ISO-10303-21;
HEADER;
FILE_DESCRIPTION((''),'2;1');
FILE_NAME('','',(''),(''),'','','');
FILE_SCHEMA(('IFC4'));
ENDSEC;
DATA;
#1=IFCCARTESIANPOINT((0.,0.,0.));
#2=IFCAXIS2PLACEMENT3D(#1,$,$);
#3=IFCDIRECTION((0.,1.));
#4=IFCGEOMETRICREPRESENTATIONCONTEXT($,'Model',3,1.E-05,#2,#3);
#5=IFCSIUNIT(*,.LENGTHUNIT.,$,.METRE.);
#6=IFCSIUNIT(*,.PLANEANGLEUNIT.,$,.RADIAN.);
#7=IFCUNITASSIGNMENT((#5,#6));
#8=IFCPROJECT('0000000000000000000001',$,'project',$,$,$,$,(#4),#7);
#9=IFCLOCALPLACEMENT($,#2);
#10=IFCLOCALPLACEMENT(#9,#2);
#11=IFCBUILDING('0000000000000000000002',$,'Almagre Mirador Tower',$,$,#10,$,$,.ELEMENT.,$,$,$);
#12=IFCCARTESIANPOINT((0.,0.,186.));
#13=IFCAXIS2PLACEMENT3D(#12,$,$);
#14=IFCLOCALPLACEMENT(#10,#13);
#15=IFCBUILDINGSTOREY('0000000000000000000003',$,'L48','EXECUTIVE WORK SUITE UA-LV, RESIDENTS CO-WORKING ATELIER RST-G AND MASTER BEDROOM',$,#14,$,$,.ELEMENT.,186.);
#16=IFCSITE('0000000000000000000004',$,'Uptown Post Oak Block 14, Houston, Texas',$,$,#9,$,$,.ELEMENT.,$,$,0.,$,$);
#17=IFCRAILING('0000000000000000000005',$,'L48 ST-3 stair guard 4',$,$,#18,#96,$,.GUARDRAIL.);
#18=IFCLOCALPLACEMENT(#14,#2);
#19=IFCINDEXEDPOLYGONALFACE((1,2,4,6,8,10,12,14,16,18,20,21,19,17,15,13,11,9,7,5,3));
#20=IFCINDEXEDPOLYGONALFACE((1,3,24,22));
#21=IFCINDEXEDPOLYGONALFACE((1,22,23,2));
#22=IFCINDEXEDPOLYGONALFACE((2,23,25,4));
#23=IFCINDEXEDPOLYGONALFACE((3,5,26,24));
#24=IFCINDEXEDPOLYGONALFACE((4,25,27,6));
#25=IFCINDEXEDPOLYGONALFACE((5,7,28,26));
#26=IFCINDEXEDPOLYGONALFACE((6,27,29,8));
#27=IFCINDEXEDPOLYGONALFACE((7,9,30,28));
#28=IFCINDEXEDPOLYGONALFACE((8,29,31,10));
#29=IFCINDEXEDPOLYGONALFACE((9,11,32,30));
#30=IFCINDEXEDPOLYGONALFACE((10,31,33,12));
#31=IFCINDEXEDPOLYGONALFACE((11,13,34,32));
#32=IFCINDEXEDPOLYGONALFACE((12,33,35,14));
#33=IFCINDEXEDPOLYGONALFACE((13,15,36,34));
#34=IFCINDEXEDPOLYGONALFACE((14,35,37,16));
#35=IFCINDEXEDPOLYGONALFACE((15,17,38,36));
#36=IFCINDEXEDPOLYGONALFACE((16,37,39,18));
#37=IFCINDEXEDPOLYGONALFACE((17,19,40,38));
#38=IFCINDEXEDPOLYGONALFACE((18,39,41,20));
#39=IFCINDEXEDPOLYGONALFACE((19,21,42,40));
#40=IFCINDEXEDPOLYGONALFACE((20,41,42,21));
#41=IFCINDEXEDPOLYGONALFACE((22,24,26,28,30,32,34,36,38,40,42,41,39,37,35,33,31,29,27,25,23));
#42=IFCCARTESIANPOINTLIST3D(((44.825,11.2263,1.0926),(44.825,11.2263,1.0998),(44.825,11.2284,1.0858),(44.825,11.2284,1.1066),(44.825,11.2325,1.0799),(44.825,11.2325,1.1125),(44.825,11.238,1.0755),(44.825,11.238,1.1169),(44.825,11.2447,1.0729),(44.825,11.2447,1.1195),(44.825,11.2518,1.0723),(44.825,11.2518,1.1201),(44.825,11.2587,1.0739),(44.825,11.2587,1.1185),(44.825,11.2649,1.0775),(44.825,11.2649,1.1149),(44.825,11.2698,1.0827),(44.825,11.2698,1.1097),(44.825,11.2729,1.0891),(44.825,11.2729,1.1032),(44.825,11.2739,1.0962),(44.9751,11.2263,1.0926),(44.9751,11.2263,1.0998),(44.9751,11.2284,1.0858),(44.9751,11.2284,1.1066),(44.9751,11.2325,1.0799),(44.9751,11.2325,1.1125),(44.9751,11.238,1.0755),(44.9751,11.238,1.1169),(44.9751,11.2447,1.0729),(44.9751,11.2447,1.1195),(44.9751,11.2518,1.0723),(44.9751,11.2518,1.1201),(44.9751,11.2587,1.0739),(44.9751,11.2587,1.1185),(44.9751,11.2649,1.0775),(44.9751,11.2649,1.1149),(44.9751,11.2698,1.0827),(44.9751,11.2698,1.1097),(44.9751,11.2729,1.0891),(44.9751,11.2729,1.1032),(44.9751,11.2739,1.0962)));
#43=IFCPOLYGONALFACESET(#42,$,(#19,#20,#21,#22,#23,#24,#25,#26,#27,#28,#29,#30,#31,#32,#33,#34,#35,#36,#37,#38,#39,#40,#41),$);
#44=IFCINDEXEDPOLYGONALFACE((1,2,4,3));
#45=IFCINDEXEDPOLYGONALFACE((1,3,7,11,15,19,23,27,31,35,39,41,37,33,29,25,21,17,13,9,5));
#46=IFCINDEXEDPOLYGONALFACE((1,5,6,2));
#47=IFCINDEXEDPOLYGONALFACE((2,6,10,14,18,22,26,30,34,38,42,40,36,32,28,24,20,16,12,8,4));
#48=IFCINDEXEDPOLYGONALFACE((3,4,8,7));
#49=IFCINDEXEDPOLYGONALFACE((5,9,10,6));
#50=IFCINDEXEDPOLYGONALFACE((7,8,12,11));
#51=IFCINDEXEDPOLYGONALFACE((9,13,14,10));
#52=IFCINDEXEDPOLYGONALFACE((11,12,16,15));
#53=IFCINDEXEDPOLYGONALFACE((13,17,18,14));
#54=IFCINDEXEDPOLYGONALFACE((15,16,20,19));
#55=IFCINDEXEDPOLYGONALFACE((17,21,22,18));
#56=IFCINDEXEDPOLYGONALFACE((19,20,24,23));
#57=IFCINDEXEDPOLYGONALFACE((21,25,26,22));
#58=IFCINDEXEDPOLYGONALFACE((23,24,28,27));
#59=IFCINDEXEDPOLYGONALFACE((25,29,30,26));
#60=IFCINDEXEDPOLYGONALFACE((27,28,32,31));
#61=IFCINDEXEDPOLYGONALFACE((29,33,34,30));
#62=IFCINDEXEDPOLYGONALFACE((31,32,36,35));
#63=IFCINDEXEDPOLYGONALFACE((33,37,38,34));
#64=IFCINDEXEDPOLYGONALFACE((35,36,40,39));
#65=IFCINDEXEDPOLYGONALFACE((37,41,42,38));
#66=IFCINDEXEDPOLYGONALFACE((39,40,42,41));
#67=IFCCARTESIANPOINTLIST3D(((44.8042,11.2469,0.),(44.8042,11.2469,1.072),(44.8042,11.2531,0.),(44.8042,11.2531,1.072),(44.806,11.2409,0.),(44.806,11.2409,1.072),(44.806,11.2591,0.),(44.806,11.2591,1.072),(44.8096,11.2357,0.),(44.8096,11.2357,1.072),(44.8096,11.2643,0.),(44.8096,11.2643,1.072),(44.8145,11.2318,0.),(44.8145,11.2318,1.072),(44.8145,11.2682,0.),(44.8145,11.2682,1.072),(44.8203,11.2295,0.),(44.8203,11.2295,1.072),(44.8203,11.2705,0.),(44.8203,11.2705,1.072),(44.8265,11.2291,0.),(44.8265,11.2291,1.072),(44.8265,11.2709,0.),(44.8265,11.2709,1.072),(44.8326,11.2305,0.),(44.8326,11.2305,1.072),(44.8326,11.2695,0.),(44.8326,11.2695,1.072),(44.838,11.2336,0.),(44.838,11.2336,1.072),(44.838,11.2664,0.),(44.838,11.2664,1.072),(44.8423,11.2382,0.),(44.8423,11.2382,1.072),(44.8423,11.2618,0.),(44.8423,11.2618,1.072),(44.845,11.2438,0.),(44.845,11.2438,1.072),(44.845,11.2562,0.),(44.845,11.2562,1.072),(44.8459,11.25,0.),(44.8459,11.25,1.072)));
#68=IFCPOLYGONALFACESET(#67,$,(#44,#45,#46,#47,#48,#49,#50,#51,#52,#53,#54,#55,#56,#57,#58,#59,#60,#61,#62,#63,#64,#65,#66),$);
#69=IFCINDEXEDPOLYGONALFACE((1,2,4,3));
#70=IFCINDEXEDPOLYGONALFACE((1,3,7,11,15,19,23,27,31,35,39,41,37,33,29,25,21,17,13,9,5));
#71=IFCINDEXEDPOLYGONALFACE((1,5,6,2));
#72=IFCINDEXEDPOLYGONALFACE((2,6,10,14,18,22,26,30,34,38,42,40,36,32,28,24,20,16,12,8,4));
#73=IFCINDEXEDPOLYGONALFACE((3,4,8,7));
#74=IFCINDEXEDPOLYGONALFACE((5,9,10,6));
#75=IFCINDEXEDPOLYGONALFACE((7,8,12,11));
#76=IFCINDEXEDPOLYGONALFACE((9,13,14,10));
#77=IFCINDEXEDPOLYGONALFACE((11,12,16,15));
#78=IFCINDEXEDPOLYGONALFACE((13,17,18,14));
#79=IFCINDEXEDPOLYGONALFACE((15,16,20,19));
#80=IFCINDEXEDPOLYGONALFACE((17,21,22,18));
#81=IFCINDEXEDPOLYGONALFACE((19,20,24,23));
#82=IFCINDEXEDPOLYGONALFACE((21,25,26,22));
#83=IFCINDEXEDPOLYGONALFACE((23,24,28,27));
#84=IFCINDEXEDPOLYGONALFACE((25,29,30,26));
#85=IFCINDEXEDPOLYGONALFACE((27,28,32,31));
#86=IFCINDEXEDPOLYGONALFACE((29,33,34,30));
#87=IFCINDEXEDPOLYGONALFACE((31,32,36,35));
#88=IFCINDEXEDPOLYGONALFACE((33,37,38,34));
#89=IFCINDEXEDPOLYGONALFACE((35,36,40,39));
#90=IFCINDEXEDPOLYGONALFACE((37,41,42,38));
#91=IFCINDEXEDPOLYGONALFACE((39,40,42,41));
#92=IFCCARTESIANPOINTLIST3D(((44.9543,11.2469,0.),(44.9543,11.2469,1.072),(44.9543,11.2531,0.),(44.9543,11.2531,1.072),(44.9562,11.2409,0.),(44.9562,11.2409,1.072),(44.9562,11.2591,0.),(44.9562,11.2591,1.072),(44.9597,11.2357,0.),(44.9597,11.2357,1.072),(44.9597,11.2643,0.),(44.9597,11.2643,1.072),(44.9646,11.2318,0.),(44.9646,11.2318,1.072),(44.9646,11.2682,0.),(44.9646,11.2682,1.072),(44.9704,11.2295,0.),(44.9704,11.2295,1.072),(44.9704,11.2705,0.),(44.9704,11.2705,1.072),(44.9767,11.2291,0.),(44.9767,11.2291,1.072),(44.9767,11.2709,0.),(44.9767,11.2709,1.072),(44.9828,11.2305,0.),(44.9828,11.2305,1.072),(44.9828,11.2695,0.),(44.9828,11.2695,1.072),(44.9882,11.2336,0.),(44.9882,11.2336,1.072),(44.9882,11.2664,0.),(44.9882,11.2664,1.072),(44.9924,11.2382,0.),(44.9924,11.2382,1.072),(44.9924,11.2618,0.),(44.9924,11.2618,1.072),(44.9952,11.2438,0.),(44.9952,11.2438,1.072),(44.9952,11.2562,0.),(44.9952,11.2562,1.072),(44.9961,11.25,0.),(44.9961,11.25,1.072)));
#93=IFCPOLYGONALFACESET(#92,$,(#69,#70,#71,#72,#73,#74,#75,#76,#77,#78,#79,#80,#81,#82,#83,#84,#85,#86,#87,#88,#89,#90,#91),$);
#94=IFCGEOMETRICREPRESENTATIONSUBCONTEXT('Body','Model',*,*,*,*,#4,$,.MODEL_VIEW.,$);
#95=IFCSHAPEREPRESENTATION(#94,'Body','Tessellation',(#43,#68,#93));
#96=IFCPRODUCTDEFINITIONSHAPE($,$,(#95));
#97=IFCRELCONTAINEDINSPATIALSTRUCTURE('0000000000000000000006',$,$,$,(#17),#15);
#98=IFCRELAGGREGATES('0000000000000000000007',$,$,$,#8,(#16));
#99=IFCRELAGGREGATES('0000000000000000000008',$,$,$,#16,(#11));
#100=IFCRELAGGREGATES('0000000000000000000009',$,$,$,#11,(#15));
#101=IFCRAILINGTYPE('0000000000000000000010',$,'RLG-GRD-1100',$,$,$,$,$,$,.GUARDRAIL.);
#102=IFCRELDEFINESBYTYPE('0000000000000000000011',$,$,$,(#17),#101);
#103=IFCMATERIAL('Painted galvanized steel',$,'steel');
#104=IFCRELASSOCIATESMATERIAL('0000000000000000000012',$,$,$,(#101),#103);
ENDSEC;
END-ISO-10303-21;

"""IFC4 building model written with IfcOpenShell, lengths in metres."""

from ifc_helpers import new_model, si_unit, direction, frame, origin, origin_2d, place, context, subcontext, project, spatial, circle, extrude, material, type_object, element, save


model = new_model("IFC4")

# Units and contexts
model_context = context("Model", 3, precision=1e-05, world=origin(), true_north=direction((0.0, 1.0)))
body_context = subcontext(model_context, "Body", "Model", "MODEL_VIEW")
ifc_project = project(units=[si_unit("LENGTHUNIT", "METRE"), si_unit("PLANEANGLEUNIT", "RADIAN")], contexts=[model_context])

# Site, building, storey
site_placement = place(None, origin())
site = spatial("IfcSite", under=ifc_project, at=site_placement, Name="Uptown Post Oak Block 14, Houston, Texas", CompositionType="ELEMENT", RefElevation=0.0)
building_placement = place(site_placement, origin())
building = spatial("IfcBuilding", under=site, at=building_placement, Name="Almagre Mirador Tower", CompositionType="ELEMENT")
storey_placement = place(building_placement, frame((0.0, 0.0, 186.0)))
storey = spatial("IfcBuildingStorey", under=building, at=storey_placement, Name="L48", Description="EXECUTIVE WORK SUITE UA-LV, RESIDENTS CO-WORKING ATELIER RST-G AND MASTER BEDROOM", CompositionType="ELEMENT", Elevation=186.0)

# Railing
ifc_material_1 = material(Name="Painted galvanized steel", Category="steel")
railing_type_1 = type_object("IfcRailingType", Name="RLG-GRD-1100", PredefinedType="GUARDRAIL", material=ifc_material_1)
railing_1_placement = place(storey_placement, frame((44.825, 11.25, 0.0)))
element("IfcRailing", 1, at=railing_1_placement, inside=storey, type_object=railing_type_1, Name="L48 ST-3 stair guard 4", PredefinedType="GUARDRAIL", context=body_context, shape_type="SweptSolid", body=[
    extrude(circle(Radius=0.0239, at=origin_2d()), frame((0.0, 0.0, 1.0962), z_axis=(1.0, 0.0, 0.0), x_axis=(0.0, 1.0, 0.0)), (0.0, 0.0, 1.0), 0.1501),
    extrude(circle(Radius=0.021, at=origin_2d()), origin(), (0.0, 0.0, 1.0), 1.072),
    extrude(circle(Radius=0.021, at=origin_2d()), frame((0.1501, 0.0, 0.0)), (0.0, 0.0, 1.0), 1.072),
])

save(model, "model.ifc")
